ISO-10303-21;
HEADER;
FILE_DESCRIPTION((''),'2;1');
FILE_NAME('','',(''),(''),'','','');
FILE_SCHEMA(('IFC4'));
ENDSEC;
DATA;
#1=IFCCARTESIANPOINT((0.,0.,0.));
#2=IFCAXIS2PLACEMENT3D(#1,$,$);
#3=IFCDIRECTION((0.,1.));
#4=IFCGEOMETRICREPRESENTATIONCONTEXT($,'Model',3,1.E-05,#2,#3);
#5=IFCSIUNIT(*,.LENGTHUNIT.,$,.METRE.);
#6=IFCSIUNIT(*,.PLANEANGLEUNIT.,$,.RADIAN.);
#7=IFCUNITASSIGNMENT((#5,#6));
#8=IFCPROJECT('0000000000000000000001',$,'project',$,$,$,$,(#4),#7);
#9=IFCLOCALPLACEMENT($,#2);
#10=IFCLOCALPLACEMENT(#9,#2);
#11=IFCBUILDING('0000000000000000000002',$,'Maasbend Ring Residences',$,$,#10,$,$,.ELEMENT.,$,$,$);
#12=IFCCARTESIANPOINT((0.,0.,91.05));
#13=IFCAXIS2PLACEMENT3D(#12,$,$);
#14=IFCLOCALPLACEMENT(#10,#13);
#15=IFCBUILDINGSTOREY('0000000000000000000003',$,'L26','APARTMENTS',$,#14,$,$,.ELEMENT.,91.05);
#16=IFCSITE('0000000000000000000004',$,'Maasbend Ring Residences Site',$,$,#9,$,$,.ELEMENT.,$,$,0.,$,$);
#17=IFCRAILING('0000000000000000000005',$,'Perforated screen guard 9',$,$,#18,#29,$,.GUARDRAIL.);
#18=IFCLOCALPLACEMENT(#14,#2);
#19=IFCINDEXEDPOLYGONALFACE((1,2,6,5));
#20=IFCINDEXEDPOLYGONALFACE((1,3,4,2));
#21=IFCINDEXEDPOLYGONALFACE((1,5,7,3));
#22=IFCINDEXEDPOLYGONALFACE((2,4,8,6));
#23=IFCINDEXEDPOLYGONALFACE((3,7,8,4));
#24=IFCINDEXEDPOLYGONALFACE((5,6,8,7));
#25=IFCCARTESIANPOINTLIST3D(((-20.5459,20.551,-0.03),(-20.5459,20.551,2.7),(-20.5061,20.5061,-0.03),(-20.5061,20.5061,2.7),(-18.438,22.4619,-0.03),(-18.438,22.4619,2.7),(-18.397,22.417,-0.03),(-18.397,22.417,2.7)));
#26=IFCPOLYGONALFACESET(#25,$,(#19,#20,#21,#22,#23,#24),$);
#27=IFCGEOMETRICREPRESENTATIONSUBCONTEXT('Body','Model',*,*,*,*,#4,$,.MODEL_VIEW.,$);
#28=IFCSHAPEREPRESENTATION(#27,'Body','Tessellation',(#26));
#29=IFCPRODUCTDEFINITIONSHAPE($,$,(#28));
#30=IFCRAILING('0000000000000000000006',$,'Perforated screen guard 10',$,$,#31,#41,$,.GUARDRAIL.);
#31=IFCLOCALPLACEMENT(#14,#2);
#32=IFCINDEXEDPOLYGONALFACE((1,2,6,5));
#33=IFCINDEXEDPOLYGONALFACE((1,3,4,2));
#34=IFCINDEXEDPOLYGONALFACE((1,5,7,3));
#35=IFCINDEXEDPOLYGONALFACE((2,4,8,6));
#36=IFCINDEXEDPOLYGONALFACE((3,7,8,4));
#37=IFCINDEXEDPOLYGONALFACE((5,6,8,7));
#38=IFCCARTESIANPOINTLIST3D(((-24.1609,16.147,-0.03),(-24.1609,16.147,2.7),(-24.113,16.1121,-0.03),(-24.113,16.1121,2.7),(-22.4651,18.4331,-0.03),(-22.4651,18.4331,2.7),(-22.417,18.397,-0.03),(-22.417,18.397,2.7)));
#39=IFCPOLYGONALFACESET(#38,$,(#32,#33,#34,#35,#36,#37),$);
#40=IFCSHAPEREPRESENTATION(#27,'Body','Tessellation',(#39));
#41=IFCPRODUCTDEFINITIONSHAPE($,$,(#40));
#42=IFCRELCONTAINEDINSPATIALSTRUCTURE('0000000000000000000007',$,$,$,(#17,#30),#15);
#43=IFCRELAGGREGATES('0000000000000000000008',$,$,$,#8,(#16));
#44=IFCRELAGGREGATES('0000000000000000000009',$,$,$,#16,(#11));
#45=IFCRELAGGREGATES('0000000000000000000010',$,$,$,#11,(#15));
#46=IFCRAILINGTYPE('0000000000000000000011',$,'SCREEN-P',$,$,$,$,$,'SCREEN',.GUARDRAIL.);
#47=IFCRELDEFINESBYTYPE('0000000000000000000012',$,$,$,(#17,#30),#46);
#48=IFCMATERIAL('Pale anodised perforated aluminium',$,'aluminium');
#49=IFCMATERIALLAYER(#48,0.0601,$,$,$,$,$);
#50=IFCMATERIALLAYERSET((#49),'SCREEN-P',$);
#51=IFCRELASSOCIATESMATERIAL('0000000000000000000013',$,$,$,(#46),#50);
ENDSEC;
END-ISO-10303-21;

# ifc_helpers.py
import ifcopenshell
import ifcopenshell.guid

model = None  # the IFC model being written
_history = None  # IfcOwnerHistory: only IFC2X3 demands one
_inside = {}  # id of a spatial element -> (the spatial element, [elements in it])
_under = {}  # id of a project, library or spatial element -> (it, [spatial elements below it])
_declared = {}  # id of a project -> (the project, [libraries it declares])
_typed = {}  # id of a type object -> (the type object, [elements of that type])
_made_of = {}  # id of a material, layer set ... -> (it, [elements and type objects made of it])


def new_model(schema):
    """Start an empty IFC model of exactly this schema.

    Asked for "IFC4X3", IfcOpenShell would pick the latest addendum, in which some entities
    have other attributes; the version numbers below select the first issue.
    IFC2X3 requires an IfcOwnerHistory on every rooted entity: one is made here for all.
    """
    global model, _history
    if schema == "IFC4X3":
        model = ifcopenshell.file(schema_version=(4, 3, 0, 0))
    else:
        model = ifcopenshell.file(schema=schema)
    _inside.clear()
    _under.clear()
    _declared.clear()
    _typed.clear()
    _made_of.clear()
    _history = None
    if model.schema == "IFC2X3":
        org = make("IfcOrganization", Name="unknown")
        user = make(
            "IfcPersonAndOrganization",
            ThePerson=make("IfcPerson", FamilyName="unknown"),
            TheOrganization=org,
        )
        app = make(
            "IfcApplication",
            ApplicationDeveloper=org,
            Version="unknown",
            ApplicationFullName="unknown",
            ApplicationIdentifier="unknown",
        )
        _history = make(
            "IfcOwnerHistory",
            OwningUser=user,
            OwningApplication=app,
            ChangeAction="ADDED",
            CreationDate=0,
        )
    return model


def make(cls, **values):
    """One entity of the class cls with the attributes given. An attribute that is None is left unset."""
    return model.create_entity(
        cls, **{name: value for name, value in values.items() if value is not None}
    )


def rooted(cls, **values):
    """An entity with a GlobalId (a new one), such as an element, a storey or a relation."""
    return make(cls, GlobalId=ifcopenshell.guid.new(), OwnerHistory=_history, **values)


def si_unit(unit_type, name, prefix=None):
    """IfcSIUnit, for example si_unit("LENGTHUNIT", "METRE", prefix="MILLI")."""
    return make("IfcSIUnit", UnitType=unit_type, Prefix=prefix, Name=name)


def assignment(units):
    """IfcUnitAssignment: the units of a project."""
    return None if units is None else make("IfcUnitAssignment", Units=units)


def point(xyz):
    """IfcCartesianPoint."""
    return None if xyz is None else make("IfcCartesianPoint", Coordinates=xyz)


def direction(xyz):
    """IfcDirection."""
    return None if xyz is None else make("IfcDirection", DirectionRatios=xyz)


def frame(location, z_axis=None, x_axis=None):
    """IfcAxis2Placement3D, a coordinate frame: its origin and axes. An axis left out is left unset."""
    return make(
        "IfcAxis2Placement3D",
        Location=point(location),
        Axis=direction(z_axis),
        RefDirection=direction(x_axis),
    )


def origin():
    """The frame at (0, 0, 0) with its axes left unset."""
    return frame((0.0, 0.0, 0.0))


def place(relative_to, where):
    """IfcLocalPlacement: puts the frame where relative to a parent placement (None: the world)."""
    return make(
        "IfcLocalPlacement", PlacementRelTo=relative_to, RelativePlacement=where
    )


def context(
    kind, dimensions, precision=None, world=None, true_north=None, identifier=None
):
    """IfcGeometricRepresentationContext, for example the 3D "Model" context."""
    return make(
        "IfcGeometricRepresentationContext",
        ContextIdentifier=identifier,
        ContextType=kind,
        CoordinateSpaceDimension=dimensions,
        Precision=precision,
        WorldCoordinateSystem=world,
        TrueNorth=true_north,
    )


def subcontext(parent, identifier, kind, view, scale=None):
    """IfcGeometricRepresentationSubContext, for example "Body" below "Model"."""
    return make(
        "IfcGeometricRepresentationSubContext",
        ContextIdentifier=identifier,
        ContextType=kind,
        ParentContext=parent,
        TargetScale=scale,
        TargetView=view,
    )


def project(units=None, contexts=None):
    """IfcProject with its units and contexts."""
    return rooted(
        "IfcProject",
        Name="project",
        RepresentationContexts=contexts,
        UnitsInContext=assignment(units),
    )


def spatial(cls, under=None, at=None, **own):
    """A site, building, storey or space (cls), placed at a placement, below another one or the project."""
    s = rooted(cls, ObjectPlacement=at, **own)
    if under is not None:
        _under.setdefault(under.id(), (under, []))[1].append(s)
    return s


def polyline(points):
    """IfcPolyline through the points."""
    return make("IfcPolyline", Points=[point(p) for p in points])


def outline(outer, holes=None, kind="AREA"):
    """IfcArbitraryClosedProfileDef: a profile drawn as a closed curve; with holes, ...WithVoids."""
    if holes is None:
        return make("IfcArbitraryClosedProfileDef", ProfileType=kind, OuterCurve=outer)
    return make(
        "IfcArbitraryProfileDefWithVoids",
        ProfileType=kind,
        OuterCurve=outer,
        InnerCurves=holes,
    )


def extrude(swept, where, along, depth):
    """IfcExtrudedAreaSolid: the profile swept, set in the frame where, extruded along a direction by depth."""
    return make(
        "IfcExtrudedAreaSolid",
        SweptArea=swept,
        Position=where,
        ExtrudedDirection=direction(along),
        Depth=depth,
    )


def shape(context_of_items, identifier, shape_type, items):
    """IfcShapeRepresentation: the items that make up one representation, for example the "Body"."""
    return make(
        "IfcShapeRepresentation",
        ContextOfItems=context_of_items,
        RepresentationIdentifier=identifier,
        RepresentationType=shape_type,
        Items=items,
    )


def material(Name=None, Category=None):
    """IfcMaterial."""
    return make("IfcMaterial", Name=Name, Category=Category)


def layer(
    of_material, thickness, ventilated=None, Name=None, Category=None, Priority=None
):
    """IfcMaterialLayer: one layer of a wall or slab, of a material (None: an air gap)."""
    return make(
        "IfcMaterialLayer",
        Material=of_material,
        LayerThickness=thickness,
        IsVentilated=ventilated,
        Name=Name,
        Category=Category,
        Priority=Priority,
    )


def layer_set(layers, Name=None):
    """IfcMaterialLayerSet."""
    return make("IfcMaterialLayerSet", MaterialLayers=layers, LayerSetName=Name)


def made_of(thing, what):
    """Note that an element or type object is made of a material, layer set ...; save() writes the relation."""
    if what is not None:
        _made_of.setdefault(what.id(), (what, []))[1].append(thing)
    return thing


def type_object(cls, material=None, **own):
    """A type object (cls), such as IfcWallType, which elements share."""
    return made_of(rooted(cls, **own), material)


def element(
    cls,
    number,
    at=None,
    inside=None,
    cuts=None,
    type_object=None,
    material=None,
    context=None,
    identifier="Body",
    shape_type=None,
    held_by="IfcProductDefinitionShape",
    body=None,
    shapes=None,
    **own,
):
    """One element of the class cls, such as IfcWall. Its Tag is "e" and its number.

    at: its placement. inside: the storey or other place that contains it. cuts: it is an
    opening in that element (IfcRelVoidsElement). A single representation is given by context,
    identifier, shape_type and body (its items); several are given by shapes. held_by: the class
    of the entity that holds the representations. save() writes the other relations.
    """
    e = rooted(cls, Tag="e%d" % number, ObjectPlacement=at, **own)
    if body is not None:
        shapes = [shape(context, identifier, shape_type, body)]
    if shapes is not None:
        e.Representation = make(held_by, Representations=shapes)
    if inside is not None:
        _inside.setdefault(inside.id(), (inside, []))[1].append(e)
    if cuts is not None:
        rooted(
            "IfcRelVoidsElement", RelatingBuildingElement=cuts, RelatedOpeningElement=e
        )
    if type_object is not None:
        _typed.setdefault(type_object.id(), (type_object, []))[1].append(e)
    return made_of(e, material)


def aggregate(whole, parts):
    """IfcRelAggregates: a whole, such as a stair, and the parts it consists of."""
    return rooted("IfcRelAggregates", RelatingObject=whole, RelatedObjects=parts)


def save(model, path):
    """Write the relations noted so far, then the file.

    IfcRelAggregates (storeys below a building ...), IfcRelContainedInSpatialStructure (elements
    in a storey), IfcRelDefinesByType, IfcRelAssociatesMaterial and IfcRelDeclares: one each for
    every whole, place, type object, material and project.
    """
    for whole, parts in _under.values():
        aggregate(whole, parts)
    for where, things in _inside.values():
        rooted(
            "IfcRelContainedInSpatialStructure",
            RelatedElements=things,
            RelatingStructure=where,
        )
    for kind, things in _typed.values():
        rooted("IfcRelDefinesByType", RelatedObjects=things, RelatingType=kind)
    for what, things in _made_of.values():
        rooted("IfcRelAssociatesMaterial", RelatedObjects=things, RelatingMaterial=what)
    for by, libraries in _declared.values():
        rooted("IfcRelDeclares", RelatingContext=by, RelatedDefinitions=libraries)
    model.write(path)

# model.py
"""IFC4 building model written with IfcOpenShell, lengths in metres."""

from ifc_helpers import new_model, si_unit, direction, frame, origin, place, context, subcontext, project, spatial, polyline, outline, extrude, material, layer, layer_set, type_object, element, save


model = new_model("IFC4")

# Units and contexts
model_context = context("Model", 3, precision=1e-05, world=origin(), true_north=direction((0.0, 1.0)))
body_context = subcontext(model_context, "Body", "Model", "MODEL_VIEW")
ifc_project = project(units=[si_unit("LENGTHUNIT", "METRE"), si_unit("PLANEANGLEUNIT", "RADIAN")], contexts=[model_context])

# Site, building, storey
site_placement = place(None, origin())
site = spatial("IfcSite", under=ifc_project, at=site_placement, Name="Maasbend Ring Residences Site", CompositionType="ELEMENT", RefElevation=0.0)
building_placement = place(site_placement, origin())
building = spatial("IfcBuilding", under=site, at=building_placement, Name="Maasbend Ring Residences", CompositionType="ELEMENT")
storey_placement = place(building_placement, frame((0.0, 0.0, 91.05)))
storey = spatial("IfcBuildingStorey", under=building, at=storey_placement, Name="L26", Description="APARTMENTS", CompositionType="ELEMENT", Elevation=91.05)

# Railings
ifc_material_1 = material(Name="Pale anodised perforated aluminium", Category="aluminium")
ifc_layer_1 = layer(ifc_material_1, 0.0601)
ifc_layer_set_1 = layer_set([ifc_layer_1], Name="SCREEN-P")
railing_type = type_object("IfcRailingType", Name="SCREEN-P", ElementType="SCREEN", PredefinedType="GUARDRAIL", material=ifc_layer_set_1)
railing_1_placement = place(storey_placement, frame((0.0, 0.0, -0.03)))
element("IfcRailing", 1, at=railing_1_placement, inside=storey, type_object=railing_type, Name="Perforated screen guard 9", PredefinedType="GUARDRAIL", context=body_context, shape_type="SweptSolid", body=[
    extrude(outline(polyline([(-18.397, 22.417), (-20.5061, 20.5061), (-20.5459, 20.551), (-18.438, 22.4619), (-18.397, 22.417)])), origin(), (0.0, 0.0, 1.0), 2.73),
])
railing_2_placement = place(storey_placement, frame((0.0, 0.0, -0.03)))
element("IfcRailing", 2, at=railing_2_placement, inside=storey, type_object=railing_type, Name="Perforated screen guard 10", PredefinedType="GUARDRAIL", context=body_context, shape_type="SweptSolid", body=[
    extrude(outline(polyline([(-22.417, 18.397), (-24.113, 16.1121), (-24.1609, 16.147), (-22.4651, 18.4331), (-22.417, 18.397)])), origin(), (0.0, 0.0, 1.0), 2.73),
])

save(model, "model.ifc")
